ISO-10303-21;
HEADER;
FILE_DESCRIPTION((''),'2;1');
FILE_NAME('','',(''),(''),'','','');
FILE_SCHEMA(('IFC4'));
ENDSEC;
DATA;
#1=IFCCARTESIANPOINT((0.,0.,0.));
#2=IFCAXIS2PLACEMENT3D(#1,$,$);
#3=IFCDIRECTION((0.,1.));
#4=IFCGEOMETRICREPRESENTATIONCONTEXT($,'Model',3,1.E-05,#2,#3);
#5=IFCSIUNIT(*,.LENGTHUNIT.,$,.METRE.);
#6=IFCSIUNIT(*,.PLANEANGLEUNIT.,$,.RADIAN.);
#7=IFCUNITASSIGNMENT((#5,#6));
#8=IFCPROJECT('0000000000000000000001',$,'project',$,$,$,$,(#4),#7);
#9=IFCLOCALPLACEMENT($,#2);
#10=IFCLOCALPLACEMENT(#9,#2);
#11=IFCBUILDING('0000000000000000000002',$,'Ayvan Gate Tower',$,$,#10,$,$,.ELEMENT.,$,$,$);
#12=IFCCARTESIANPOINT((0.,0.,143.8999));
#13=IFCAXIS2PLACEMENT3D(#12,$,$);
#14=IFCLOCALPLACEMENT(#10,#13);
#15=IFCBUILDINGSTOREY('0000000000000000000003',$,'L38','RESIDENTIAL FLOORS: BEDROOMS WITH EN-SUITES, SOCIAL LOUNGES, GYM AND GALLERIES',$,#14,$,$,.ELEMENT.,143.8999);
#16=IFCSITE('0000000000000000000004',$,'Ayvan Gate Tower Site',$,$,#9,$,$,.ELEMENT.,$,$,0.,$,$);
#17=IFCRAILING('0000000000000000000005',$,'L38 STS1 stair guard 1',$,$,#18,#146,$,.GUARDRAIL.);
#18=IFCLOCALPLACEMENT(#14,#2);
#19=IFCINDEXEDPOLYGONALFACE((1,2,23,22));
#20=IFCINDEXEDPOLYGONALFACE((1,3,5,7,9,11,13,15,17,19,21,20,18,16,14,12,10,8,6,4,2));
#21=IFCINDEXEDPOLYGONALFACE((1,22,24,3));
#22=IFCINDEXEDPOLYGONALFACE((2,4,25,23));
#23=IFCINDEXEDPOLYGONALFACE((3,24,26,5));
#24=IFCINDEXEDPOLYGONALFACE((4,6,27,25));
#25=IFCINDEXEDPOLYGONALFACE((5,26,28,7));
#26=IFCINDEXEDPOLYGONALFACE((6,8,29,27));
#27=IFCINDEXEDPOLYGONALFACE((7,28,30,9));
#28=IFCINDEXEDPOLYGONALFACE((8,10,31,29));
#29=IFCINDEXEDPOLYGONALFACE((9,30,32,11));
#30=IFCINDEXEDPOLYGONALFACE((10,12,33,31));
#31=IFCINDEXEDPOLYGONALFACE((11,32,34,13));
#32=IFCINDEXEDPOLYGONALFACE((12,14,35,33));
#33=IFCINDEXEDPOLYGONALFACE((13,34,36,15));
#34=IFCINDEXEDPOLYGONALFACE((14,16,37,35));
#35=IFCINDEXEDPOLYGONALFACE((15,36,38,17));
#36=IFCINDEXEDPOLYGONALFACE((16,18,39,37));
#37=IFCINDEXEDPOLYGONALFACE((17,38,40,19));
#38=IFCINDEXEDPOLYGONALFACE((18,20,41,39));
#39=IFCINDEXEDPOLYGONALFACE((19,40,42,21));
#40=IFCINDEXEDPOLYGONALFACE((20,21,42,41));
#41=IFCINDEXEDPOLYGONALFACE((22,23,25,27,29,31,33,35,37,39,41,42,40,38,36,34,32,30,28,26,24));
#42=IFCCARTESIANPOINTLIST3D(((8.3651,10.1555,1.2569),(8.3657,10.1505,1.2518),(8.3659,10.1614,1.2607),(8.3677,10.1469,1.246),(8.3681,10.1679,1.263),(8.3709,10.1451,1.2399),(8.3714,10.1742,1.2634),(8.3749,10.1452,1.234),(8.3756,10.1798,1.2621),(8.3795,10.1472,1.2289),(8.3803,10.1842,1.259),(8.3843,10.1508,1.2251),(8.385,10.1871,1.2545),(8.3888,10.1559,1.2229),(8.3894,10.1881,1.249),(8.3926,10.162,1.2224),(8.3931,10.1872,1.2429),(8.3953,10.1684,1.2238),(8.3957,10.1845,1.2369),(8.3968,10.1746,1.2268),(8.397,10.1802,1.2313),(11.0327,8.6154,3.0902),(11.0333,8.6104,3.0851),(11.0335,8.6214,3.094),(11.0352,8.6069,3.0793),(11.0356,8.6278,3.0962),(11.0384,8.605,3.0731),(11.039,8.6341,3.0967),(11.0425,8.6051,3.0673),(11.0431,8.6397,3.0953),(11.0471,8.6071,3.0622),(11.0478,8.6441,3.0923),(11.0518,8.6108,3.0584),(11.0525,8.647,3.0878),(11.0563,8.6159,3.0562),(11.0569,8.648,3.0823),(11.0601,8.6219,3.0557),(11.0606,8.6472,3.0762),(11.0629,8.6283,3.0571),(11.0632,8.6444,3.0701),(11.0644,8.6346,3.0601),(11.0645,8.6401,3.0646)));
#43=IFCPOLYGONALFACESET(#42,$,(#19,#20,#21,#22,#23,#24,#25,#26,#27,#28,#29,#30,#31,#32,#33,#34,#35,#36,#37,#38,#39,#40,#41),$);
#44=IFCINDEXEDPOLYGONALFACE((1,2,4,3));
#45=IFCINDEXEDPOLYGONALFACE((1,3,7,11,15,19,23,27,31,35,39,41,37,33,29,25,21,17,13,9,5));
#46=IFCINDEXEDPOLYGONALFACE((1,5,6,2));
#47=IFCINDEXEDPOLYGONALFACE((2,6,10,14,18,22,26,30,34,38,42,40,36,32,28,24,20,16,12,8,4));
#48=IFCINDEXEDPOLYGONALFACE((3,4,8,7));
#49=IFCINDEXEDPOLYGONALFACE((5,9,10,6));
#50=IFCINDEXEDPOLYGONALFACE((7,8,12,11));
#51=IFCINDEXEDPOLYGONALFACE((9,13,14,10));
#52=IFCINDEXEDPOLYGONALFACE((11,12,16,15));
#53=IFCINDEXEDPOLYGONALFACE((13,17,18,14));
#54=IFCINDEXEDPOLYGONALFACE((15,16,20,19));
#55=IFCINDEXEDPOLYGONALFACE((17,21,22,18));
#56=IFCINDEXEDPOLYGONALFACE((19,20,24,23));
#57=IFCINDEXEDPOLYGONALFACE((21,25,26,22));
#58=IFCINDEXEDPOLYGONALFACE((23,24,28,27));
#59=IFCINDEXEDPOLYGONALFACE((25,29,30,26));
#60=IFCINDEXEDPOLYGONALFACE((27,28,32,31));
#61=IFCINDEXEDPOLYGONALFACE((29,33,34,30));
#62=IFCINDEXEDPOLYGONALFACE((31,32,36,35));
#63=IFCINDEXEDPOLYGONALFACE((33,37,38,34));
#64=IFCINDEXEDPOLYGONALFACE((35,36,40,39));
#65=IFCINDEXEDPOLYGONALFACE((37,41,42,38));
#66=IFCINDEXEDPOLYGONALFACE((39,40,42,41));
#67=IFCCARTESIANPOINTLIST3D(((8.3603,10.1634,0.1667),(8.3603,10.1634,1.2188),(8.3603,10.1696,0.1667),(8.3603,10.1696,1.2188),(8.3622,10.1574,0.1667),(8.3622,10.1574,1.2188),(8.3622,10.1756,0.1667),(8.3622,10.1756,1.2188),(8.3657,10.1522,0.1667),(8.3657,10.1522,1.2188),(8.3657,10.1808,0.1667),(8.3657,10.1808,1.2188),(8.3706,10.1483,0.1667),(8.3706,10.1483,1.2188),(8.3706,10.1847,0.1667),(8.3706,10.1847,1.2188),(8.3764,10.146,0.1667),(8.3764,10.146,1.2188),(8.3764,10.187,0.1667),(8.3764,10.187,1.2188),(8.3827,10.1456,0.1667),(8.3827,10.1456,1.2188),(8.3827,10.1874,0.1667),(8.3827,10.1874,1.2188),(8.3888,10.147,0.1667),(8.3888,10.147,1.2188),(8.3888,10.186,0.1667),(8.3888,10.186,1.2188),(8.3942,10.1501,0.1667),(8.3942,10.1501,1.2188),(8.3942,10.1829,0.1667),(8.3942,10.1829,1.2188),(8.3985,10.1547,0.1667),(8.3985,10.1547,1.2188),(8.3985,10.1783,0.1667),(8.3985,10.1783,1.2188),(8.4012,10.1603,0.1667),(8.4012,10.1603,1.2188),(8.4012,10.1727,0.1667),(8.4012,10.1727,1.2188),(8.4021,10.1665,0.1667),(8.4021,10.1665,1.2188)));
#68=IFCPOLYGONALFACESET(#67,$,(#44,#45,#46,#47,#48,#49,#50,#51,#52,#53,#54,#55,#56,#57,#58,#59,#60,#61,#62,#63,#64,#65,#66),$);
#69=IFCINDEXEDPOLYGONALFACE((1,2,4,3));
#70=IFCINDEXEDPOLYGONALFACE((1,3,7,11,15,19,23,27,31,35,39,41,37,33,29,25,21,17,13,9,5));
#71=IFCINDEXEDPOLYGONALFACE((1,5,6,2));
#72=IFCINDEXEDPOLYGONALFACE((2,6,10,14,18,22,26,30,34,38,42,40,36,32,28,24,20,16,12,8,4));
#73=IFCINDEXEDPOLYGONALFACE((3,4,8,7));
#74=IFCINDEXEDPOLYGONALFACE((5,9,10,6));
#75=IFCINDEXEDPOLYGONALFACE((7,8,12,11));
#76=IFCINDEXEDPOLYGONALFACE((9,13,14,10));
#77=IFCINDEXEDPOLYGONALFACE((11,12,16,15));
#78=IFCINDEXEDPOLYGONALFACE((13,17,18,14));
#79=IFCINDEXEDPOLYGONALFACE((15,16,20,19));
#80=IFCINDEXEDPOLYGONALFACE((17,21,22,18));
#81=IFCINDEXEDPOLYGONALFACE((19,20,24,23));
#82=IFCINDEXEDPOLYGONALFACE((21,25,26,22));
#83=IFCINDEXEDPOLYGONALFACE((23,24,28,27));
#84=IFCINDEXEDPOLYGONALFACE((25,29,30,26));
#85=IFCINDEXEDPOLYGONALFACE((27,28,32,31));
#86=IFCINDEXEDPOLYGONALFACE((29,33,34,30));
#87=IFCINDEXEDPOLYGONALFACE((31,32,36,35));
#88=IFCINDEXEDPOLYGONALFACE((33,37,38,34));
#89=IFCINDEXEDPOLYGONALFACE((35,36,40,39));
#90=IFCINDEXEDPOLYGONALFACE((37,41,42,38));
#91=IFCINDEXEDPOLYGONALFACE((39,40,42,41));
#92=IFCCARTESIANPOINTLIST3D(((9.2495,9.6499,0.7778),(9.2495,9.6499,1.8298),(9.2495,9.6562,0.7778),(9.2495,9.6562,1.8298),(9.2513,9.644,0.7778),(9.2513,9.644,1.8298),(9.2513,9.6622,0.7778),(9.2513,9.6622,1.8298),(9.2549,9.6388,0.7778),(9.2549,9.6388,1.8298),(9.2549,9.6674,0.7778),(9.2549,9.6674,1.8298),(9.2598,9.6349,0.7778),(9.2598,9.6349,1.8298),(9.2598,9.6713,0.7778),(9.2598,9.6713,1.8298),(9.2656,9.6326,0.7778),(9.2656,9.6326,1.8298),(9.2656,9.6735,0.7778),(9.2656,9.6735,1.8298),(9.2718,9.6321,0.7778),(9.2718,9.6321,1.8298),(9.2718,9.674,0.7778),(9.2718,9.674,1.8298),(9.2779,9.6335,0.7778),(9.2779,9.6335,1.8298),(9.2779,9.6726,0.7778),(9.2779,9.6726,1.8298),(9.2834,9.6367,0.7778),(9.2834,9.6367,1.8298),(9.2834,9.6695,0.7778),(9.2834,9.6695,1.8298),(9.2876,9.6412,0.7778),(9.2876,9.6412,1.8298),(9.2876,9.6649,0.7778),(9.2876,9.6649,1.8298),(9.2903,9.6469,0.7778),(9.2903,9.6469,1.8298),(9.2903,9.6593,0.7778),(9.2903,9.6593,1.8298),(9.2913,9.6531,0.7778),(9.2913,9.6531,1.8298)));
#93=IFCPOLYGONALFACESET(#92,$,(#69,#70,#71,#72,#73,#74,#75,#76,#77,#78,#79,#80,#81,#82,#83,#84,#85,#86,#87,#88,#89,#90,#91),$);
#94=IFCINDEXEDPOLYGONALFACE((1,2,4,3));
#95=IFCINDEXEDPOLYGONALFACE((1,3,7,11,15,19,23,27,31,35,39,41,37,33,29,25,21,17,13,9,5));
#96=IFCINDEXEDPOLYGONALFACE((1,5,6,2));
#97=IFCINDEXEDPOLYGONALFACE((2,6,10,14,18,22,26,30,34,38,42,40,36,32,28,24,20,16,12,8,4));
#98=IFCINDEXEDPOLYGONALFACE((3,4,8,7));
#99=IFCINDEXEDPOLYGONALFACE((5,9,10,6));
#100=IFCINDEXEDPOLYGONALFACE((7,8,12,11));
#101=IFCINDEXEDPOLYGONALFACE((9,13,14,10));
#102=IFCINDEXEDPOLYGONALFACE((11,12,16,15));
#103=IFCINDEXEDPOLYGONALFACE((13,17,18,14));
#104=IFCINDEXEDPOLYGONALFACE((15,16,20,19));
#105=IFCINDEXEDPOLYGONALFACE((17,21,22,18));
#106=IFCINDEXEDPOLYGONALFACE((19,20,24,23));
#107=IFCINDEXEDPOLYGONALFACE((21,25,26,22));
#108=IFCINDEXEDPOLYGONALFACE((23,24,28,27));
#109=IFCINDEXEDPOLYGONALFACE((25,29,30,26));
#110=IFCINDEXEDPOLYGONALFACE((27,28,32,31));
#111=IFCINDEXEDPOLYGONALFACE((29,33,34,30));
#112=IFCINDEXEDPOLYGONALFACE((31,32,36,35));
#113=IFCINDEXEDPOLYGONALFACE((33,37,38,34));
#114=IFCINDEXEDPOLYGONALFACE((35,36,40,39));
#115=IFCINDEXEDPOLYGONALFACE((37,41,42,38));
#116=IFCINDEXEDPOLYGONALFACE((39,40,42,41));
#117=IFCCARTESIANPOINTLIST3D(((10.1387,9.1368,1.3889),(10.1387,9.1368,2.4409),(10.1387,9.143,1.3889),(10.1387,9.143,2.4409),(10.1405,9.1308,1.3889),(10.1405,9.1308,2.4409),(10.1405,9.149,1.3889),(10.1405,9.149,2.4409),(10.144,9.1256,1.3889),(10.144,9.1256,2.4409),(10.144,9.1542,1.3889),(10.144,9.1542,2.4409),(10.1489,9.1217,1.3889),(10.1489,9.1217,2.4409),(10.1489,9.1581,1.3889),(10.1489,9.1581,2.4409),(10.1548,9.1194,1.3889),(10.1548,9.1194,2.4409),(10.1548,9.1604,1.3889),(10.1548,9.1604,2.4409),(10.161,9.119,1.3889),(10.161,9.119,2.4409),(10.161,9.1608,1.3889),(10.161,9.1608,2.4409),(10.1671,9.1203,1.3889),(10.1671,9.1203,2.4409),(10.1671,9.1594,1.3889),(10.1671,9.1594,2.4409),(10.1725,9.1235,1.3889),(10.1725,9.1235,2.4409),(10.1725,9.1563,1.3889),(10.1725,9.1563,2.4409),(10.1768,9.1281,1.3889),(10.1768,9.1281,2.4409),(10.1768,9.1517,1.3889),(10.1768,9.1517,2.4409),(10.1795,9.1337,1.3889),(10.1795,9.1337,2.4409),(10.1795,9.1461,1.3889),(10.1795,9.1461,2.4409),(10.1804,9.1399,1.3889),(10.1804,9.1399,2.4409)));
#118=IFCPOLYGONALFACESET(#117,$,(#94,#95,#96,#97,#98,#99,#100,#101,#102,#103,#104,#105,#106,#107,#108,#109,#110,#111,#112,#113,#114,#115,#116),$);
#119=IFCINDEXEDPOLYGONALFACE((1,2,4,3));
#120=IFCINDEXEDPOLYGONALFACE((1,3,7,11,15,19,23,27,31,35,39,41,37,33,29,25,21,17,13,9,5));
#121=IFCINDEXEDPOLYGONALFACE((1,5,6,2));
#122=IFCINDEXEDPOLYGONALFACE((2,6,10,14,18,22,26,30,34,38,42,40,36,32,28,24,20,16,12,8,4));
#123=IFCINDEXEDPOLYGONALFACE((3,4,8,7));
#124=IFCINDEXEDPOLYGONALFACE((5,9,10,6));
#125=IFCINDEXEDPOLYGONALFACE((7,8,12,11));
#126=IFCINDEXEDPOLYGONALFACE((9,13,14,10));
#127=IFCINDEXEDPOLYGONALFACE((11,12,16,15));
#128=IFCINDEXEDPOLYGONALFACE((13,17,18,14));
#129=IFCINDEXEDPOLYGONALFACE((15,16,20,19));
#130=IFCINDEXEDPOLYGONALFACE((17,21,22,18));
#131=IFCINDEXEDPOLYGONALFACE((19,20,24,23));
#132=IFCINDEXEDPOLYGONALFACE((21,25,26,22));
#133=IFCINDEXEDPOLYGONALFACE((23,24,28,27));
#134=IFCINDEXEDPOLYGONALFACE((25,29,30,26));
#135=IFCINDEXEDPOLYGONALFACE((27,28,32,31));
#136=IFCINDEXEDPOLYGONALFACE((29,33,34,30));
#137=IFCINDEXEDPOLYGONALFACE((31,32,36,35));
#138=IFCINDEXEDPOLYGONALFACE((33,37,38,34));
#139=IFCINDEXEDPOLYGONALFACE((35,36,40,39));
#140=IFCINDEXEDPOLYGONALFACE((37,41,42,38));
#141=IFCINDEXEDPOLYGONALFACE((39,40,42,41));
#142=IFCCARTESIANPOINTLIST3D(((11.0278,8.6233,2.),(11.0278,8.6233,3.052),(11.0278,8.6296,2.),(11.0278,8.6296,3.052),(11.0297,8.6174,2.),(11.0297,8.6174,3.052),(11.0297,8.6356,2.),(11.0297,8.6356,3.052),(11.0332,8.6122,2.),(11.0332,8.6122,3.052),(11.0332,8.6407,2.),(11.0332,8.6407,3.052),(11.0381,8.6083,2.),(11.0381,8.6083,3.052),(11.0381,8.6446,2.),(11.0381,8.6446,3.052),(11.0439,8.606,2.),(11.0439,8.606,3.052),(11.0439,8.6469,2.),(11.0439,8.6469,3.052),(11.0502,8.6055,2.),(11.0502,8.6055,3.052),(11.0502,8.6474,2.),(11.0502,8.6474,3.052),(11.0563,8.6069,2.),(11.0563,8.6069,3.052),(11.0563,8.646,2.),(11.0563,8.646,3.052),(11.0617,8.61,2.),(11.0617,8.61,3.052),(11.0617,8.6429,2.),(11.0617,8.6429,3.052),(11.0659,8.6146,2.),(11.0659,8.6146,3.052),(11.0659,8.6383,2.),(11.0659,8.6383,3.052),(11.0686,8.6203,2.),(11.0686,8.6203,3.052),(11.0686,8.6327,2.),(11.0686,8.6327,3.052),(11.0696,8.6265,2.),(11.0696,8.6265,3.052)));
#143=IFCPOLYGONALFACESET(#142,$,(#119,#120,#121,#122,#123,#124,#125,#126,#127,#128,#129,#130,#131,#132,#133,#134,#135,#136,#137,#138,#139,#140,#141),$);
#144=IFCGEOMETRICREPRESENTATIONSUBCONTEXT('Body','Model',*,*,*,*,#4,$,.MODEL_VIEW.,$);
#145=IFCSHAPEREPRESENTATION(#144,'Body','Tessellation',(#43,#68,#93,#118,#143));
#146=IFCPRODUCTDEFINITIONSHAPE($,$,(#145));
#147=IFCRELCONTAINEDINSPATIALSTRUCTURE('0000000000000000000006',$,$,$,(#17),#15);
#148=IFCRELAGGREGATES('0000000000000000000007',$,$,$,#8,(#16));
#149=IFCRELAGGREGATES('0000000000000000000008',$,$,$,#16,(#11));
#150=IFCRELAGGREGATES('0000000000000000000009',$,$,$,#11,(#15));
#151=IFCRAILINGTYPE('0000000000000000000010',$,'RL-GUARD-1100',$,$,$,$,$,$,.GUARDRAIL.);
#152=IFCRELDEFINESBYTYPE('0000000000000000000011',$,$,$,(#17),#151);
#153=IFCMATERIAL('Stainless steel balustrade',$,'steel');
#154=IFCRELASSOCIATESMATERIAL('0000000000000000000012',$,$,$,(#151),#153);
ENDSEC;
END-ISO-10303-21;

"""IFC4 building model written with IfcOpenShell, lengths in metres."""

from ifc_helpers import new_model, si_unit, direction, frame, origin, origin_2d, place, context, subcontext, project, spatial, circle, extrude, material, type_object, element, save


model = new_model("IFC4")

# Units and contexts
model_context = context("Model", 3, precision=1e-05, world=origin(), true_north=direction((0.0, 1.0)))
body_context = subcontext(model_context, "Body", "Model", "MODEL_VIEW")
ifc_project = project(units=[si_unit("LENGTHUNIT", "METRE"), si_unit("PLANEANGLEUNIT", "RADIAN")], contexts=[model_context])

# Site, building, storey
site_placement = place(None, origin())
site = spatial("IfcSite", under=ifc_project, at=site_placement, Name="Ayvan Gate Tower Site", CompositionType="ELEMENT", RefElevation=0.0)
building_placement = place(site_placement, origin())
building = spatial("IfcBuilding", under=site, at=building_placement, Name="Ayvan Gate Tower", CompositionType="ELEMENT")
storey_placement = place(building_placement, frame((0.0, 0.0, 143.8999)))
storey = spatial("IfcBuildingStorey", under=building, at=storey_placement, Name="L38", Description="RESIDENTIAL FLOORS: BEDROOMS WITH EN-SUITES, SOCIAL LOUNGES, GYM AND GALLERIES", CompositionType="ELEMENT", Elevation=143.8999)

# Railing
ifc_material_1 = material(Name="Stainless steel balustrade", Category="steel")
railing_type_1 = type_object("IfcRailingType", Name="RL-GUARD-1100", PredefinedType="GUARDRAIL", material=ifc_material_1)
railing_1_placement = place(storey_placement, frame((8.3811, 10.1665, 0.1667)))
element("IfcRailing", 1, at=railing_1_placement, inside=storey, type_object=railing_type_1, Name="L38 STS1 stair guard 1", PredefinedType="GUARDRAIL", context=body_context, shape_type="SweptSolid", body=[
    extrude(circle(Radius=0.0239, at=origin_2d()), frame((0.0, 0.0, 1.0762), z_axis=(0.74419, -0.429649, 0.511452), x_axis=(0.499992, 0.86603, 0.0)), (0.0, 0.0, 1.0), 3.5845),
    extrude(circle(Radius=0.021, at=origin_2d()), origin(), (0.0, 0.0, 1.0), 1.052),
    extrude(circle(Radius=0.021, at=origin_2d()), frame((0.8892, -0.5134, 0.6111)), (0.0, 0.0, 1.0), 1.052),
    extrude(circle(Radius=0.021, at=origin_2d()), frame((1.7783, -1.0266, 1.2222)), (0.0, 0.0, 1.0), 1.052),
    extrude(circle(Radius=0.021, at=origin_2d()), frame((2.6675, -1.54, 1.8333)), (0.0, 0.0, 1.0), 1.052),
])

save(model, "model.ifc")
